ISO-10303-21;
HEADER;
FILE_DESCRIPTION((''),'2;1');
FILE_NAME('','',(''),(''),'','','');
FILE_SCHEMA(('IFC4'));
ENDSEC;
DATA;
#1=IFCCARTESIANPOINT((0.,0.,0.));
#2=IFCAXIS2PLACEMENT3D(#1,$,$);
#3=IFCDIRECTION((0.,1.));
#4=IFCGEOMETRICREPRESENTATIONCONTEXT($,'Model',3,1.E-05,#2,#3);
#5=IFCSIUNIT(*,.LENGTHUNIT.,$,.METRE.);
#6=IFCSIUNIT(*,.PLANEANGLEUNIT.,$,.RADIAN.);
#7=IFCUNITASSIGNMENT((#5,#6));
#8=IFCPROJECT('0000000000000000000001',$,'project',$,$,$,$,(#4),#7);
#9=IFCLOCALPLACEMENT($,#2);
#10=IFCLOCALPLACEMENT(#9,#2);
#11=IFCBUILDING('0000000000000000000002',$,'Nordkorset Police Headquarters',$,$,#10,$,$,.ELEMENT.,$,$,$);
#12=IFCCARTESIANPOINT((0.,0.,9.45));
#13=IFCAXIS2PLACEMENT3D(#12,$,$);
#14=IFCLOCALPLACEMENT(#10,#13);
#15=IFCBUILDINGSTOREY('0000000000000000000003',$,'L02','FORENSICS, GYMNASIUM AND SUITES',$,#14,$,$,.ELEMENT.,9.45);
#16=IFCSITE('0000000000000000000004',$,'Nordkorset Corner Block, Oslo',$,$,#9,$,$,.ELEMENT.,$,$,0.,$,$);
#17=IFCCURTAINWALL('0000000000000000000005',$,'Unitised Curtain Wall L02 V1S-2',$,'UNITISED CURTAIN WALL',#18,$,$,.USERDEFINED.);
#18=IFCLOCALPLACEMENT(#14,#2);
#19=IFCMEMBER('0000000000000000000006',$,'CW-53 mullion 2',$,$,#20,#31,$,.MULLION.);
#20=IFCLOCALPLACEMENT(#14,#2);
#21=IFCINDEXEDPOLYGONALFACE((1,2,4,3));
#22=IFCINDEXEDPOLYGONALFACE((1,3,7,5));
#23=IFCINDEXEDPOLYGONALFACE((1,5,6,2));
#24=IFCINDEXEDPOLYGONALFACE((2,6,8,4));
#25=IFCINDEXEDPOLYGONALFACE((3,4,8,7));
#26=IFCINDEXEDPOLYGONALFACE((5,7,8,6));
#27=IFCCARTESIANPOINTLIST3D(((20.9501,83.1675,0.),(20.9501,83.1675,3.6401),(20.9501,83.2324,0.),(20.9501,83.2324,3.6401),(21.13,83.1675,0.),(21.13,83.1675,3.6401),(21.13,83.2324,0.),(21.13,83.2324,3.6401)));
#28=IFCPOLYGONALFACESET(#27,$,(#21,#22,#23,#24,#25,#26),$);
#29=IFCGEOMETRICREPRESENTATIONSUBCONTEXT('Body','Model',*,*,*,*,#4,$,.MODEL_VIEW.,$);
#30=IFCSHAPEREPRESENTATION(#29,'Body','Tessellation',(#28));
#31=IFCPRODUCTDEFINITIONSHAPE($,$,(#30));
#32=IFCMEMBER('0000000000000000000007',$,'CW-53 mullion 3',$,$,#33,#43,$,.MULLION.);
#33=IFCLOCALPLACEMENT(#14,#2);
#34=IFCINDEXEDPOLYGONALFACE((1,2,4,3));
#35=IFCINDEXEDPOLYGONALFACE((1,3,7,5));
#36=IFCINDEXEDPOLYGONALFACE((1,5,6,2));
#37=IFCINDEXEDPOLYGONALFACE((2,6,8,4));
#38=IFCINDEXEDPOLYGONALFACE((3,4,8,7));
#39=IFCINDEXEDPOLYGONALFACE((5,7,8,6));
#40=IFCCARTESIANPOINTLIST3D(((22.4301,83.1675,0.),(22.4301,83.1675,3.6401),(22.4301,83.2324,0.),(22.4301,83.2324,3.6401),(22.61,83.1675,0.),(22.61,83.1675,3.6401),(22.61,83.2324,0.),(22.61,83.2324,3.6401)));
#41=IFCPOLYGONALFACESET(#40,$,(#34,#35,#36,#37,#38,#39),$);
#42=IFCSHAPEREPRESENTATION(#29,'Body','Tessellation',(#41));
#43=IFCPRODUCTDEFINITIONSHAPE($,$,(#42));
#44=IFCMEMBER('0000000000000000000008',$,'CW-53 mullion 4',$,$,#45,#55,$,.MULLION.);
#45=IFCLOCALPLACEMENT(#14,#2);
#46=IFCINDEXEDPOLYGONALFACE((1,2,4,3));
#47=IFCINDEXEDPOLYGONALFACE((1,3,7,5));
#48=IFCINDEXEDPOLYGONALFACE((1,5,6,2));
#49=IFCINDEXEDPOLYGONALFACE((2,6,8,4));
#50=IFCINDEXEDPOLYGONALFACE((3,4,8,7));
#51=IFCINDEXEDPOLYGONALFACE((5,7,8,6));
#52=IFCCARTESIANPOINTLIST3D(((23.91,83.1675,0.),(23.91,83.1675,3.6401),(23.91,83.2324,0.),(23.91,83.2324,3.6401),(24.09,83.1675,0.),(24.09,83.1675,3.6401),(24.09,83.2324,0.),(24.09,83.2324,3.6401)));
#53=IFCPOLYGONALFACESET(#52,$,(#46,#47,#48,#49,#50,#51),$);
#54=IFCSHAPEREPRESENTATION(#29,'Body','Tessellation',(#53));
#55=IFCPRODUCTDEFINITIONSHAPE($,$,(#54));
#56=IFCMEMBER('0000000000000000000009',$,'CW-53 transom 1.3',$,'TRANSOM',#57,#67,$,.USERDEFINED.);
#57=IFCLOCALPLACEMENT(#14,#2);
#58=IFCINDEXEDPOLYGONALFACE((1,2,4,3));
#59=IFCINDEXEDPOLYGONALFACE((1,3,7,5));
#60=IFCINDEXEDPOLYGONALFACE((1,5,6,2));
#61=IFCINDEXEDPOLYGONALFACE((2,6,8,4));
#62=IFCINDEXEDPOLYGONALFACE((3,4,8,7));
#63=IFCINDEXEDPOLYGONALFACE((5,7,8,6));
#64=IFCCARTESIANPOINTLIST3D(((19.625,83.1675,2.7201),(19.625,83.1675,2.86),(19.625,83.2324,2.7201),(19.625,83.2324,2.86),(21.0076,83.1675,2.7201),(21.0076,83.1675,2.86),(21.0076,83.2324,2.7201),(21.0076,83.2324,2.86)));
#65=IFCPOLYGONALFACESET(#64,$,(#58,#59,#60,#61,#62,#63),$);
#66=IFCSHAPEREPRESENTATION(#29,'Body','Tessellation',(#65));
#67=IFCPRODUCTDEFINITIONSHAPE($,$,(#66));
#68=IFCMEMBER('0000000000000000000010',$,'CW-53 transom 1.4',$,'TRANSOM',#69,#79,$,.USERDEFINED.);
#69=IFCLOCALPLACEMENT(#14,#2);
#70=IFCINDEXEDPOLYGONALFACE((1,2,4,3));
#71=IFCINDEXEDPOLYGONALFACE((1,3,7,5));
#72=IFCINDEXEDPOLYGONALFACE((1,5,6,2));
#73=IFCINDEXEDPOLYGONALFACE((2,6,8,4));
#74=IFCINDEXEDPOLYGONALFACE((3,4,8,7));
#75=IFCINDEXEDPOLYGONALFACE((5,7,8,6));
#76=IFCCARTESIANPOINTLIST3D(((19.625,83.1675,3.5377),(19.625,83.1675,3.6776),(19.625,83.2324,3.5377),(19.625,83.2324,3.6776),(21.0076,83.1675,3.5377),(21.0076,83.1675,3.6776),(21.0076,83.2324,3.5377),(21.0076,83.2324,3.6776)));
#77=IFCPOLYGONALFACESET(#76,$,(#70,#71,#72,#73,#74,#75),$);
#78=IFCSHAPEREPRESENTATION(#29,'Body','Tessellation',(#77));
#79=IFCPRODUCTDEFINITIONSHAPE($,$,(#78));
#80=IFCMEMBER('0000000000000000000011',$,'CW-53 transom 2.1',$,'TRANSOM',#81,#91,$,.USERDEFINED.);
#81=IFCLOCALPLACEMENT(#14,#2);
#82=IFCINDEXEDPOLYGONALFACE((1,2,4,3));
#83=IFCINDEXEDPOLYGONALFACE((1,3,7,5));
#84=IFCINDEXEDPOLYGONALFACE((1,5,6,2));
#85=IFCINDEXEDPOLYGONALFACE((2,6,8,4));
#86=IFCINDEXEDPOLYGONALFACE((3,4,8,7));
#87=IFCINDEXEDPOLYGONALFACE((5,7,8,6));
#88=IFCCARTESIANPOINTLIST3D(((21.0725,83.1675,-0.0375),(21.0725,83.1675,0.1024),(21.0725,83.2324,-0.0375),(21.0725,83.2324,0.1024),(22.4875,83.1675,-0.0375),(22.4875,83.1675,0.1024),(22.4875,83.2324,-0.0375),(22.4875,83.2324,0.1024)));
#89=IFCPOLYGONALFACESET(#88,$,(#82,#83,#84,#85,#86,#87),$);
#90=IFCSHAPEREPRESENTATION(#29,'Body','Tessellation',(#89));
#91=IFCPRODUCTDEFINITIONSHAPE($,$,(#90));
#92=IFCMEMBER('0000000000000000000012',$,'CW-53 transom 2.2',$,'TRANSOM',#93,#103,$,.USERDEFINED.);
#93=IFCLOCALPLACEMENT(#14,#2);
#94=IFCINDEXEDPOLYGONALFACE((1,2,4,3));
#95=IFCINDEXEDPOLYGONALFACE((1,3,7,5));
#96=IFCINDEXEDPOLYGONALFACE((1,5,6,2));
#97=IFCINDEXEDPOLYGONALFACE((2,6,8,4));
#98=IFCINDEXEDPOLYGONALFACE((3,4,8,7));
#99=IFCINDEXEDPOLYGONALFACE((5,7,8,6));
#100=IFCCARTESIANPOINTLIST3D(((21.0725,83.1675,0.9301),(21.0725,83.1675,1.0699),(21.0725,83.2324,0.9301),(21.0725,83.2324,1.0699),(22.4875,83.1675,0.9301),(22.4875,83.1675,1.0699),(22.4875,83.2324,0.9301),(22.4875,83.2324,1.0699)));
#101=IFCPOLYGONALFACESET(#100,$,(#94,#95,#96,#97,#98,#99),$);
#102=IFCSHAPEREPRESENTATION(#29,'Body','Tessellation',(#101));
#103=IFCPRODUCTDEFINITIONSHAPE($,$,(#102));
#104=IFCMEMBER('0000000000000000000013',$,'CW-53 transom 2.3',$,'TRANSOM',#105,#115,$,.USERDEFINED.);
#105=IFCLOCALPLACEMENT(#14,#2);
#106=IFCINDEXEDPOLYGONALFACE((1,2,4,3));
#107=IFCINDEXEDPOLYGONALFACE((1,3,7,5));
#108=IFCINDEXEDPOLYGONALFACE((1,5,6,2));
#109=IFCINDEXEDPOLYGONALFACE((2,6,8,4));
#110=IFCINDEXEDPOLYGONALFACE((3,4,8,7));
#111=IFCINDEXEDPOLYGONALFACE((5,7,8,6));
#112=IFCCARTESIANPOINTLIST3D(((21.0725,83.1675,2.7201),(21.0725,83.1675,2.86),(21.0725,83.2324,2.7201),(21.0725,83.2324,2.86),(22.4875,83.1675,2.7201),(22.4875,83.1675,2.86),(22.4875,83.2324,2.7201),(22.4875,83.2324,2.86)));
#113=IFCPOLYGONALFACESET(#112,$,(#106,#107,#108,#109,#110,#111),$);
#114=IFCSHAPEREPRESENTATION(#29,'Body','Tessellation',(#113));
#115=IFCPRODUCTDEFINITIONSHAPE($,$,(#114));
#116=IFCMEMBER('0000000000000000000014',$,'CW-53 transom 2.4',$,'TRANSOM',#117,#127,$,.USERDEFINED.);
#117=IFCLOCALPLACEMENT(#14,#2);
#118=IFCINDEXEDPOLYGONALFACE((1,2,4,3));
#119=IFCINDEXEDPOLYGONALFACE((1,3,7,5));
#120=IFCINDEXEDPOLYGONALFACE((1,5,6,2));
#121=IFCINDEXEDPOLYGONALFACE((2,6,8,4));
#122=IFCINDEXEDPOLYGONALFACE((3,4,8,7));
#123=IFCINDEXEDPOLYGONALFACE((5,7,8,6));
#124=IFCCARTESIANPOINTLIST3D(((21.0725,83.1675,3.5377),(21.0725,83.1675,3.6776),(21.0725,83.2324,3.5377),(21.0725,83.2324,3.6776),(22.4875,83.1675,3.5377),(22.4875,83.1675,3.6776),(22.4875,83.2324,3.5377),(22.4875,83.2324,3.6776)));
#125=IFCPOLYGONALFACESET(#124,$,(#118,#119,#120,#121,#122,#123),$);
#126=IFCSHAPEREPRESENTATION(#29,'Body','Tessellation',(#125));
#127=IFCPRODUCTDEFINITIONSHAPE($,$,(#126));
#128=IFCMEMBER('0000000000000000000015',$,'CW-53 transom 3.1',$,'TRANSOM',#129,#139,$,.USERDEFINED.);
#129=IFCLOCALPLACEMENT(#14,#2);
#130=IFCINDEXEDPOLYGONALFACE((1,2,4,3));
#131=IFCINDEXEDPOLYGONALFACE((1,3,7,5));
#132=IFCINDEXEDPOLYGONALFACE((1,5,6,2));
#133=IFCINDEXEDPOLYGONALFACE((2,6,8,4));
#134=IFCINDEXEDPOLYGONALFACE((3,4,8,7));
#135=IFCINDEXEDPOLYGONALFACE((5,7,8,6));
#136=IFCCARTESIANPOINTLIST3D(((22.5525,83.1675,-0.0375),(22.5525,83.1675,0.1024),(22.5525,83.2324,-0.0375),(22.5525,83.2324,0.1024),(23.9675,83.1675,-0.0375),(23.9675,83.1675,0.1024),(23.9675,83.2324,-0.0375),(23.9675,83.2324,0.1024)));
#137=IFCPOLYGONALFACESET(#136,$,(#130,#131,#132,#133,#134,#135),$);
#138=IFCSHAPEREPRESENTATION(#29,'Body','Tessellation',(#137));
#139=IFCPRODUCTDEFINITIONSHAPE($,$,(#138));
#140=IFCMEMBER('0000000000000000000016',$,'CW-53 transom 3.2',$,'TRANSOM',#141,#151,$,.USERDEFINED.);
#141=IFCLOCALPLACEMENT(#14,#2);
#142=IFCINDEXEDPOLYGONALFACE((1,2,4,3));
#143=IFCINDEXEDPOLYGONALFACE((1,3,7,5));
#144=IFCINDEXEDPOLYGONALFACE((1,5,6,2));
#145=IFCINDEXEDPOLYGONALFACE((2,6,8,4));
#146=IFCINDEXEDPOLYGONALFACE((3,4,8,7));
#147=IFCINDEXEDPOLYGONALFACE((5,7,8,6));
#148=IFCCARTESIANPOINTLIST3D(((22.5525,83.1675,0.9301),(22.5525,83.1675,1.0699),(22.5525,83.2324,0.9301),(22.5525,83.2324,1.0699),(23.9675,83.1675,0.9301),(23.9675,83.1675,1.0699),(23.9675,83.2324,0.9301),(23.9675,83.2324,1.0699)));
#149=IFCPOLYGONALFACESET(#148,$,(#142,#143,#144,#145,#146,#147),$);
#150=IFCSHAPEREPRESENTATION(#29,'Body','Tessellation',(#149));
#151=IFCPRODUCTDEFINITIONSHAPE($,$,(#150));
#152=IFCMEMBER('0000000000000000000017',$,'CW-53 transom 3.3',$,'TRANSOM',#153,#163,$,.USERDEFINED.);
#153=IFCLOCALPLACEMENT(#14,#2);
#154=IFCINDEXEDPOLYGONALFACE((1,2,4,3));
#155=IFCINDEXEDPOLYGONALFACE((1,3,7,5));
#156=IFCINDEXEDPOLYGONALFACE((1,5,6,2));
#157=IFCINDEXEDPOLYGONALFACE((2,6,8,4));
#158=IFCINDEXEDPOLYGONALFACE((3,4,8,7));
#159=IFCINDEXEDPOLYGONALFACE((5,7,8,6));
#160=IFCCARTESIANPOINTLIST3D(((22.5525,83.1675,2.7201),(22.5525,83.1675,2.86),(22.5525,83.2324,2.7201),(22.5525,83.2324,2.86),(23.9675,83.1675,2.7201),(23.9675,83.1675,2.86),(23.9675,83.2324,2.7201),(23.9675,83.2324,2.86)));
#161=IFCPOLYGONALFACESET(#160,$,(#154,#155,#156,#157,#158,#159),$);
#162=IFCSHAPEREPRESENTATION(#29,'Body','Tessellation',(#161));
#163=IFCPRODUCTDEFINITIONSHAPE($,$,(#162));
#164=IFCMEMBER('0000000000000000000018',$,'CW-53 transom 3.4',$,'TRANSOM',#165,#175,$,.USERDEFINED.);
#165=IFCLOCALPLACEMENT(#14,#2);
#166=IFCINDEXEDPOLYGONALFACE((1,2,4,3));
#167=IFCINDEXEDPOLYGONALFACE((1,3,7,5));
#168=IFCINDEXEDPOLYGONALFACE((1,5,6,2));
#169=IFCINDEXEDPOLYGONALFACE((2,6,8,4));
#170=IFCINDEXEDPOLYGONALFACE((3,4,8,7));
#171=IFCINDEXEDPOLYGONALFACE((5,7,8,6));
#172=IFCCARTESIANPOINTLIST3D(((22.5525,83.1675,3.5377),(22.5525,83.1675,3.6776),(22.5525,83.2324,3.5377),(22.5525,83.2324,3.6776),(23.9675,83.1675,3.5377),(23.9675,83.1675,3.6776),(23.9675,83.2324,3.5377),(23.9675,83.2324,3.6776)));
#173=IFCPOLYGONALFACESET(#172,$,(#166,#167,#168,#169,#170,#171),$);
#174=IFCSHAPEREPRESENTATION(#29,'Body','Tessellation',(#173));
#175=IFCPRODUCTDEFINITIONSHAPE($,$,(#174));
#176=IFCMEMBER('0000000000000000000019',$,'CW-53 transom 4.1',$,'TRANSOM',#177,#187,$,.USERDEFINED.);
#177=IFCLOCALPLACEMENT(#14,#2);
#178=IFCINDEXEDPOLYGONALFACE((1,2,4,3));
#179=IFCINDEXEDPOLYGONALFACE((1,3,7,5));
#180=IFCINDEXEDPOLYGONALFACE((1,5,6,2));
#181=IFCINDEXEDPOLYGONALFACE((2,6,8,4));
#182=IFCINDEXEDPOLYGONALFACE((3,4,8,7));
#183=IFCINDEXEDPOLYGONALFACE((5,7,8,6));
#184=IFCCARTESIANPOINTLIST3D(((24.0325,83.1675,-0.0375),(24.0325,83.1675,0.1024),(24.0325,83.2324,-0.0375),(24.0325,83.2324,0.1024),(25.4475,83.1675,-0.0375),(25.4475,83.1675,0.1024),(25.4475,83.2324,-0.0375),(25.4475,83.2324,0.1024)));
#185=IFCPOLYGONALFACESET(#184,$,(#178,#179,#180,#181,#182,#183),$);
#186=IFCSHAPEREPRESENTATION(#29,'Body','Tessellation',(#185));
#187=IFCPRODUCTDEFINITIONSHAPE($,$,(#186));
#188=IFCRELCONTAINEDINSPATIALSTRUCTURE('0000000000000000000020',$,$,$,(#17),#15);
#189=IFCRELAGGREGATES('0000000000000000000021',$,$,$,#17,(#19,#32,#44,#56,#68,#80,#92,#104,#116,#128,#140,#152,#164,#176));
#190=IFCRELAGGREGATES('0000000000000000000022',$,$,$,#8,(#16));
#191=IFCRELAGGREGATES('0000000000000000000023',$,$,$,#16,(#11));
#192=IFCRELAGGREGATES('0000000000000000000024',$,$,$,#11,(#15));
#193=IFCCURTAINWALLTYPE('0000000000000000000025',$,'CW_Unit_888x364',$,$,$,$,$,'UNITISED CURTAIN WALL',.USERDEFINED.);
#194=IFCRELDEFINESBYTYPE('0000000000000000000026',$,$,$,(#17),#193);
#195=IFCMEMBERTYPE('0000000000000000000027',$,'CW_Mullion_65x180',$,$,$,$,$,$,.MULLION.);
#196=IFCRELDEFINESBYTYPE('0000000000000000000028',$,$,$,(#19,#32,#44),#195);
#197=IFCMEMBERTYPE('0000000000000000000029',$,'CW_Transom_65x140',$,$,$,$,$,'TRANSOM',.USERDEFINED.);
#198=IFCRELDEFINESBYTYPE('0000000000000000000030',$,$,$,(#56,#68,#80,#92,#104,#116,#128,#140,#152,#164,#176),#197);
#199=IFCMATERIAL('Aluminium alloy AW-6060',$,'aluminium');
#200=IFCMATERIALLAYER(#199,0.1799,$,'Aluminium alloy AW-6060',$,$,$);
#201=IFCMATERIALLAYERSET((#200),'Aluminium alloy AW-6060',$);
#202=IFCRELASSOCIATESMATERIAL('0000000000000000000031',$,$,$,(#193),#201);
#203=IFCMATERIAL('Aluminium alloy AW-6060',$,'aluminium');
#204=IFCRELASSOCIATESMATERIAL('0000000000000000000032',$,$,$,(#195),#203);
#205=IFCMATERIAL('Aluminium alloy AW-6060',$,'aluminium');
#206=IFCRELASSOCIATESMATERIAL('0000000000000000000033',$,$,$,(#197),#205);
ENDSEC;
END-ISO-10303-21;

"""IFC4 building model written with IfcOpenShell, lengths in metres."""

from ifc_helpers import new_model, si_unit, direction, frame, origin, origin_2d, place, context, subcontext, project, spatial, rectangle, extrude, material, layer, layer_set, material_profile, profile_set, type_object, element, aggregate, save


model = new_model("IFC4")

# Units and contexts
model_context = context("Model", 3, precision=1e-05, world=origin(), true_north=direction((0.0, 1.0)))
body_context = subcontext(model_context, "Body", "Model", "MODEL_VIEW")
ifc_project = project(units=[si_unit("LENGTHUNIT", "METRE"), si_unit("PLANEANGLEUNIT", "RADIAN")], contexts=[model_context])

# Site, building, storey
site_placement = place(None, origin())
site = spatial("IfcSite", under=ifc_project, at=site_placement, Name="Nordkorset Corner Block, Oslo", CompositionType="ELEMENT", RefElevation=0.0)
building_placement = place(site_placement, origin())
building = spatial("IfcBuilding", under=site, at=building_placement, Name="Nordkorset Police Headquarters", CompositionType="ELEMENT")
storey_placement = place(building_placement, frame((0.0, 0.0, 9.45)))
storey = spatial("IfcBuildingStorey", under=building, at=storey_placement, Name="L02", Description="FORENSICS, GYMNASIUM AND SUITES", CompositionType="ELEMENT", Elevation=9.45)

# Curtain wall, members
ifc_material_1 = material(Name="Aluminium alloy AW-6060", Category="aluminium")
ifc_layer_1 = layer(ifc_material_1, 0.1799, Name="Aluminium alloy AW-6060")
ifc_layer_set_1 = layer_set([ifc_layer_1], Name="Aluminium alloy AW-6060")
curtain_wall_type = type_object("IfcCurtainWallType", Name="CW_Unit_888x364", ElementType="UNITISED CURTAIN WALL", PredefinedType="USERDEFINED", material=ifc_layer_set_1)
curtain_wall_placement = place(storey_placement, origin())
curtain_wall = element("IfcCurtainWall", 1, at=curtain_wall_placement, inside=storey, type_object=curtain_wall_type, Name="Unitised Curtain Wall L02 V1S-2", ObjectType="UNITISED CURTAIN WALL", PredefinedType="USERDEFINED")
ifc_material_2 = material(Name="Aluminium alloy AW-6060", Category="aluminium")
ifc_material_profile_1 = material_profile(ifc_material_2, rectangle(XDim=0.0649, YDim=0.1799, at=origin_2d()), Name="ALU MULL 65x180")
ifc_profile_set_1 = profile_set([ifc_material_profile_1], Name="Aluminium alloy AW-6060")
member_type_1 = type_object("IfcMemberType", Name="CW_Mullion_65x180", PredefinedType="MULLION", material=ifc_profile_set_1)
member_1_placement = place(storey_placement, frame((21.04, 83.2, 0.0), z_axis=(0.0, 0.0, 1.0), x_axis=(0.0, 1.0, 0.0)))
member_1 = element("IfcMember", 2, at=member_1_placement, type_object=member_type_1, Name="CW-53 mullion 2", PredefinedType="MULLION", context=body_context, shape_type="SweptSolid", body=[
    extrude(rectangle(XDim=0.0649, YDim=0.1799, at=origin_2d()), origin(), (0.0, 0.0, 1.0), 3.6401),
])
member_2_placement = place(storey_placement, frame((22.52, 83.2, 0.0), z_axis=(0.0, 0.0, 1.0), x_axis=(0.0, 1.0, 0.0)))
member_2 = element("IfcMember", 3, at=member_2_placement, type_object=member_type_1, Name="CW-53 mullion 3", PredefinedType="MULLION", context=body_context, shape_type="SweptSolid", body=[
    extrude(rectangle(XDim=0.0649, YDim=0.1799, at=origin_2d()), origin(), (0.0, 0.0, 1.0), 3.6401),
])
member_3_placement = place(storey_placement, frame((24.0, 83.2, 0.0), z_axis=(0.0, 0.0, 1.0), x_axis=(0.0, 1.0, 0.0)))
member_3 = element("IfcMember", 4, at=member_3_placement, type_object=member_type_1, Name="CW-53 mullion 4", PredefinedType="MULLION", context=body_context, shape_type="SweptSolid", body=[
    extrude(rectangle(XDim=0.0649, YDim=0.1799, at=origin_2d()), origin(), (0.0, 0.0, 1.0), 3.6401),
])
ifc_material_3 = material(Name="Aluminium alloy AW-6060", Category="aluminium")
ifc_material_profile_2 = material_profile(ifc_material_3, rectangle(XDim=0.0649, YDim=0.1399, at=origin_2d()), Name="ALU TRAN 65x140")
ifc_profile_set_2 = profile_set([ifc_material_profile_2], Name="Aluminium alloy AW-6060")
member_type_2 = type_object("IfcMemberType", Name="CW_Transom_65x140", ElementType="TRANSOM", PredefinedType="USERDEFINED", material=ifc_profile_set_2)
member_4_placement = place(storey_placement, frame((19.625, 83.2, 2.79), z_axis=(1.0, 0.0, 0.0), x_axis=(0.0, 1.0, 0.0)))
member_4 = element("IfcMember", 5, at=member_4_placement, type_object=member_type_2, Name="CW-53 transom 1.3", ObjectType="TRANSOM", PredefinedType="USERDEFINED", context=body_context, shape_type="SweptSolid", body=[
    extrude(rectangle(XDim=0.0649, YDim=0.1399, at=origin_2d()), origin(), (0.0, 0.0, 1.0), 1.3826),
])
member_5_placement = place(storey_placement, frame((19.625, 83.2, 3.6077), z_axis=(1.0, 0.0, 0.0), x_axis=(0.0, 1.0, 0.0)))
member_5 = element("IfcMember", 6, at=member_5_placement, type_object=member_type_2, Name="CW-53 transom 1.4", ObjectType="TRANSOM", PredefinedType="USERDEFINED", context=body_context, shape_type="SweptSolid", body=[
    extrude(rectangle(XDim=0.0649, YDim=0.1399, at=origin_2d()), origin(), (0.0, 0.0, 1.0), 1.3826),
])
member_6_placement = place(storey_placement, frame((21.0725, 83.2, 0.0325), z_axis=(1.0, 0.0, 0.0), x_axis=(0.0, 1.0, 0.0)))
member_6 = element("IfcMember", 7, at=member_6_placement, type_object=member_type_2, Name="CW-53 transom 2.1", ObjectType="TRANSOM", PredefinedType="USERDEFINED", context=body_context, shape_type="SweptSolid", body=[
    extrude(rectangle(XDim=0.0649, YDim=0.1399, at=origin_2d()), origin(), (0.0, 0.0, 1.0), 1.415),
])
member_7_placement = place(storey_placement, frame((21.0725, 83.2, 1.0), z_axis=(1.0, 0.0, 0.0), x_axis=(0.0, 1.0, 0.0)))
member_7 = element("IfcMember", 8, at=member_7_placement, type_object=member_type_2, Name="CW-53 transom 2.2", ObjectType="TRANSOM", PredefinedType="USERDEFINED", context=body_context, shape_type="SweptSolid", body=[
    extrude(rectangle(XDim=0.0649, YDim=0.1399, at=origin_2d()), origin(), (0.0, 0.0, 1.0), 1.415),
])
member_8_placement = place(storey_placement, frame((21.0725, 83.2, 2.79), z_axis=(1.0, 0.0, 0.0), x_axis=(0.0, 1.0, 0.0)))
member_8 = element("IfcMember", 9, at=member_8_placement, type_object=member_type_2, Name="CW-53 transom 2.3", ObjectType="TRANSOM", PredefinedType="USERDEFINED", context=body_context, shape_type="SweptSolid", body=[
    extrude(rectangle(XDim=0.0649, YDim=0.1399, at=origin_2d()), origin(), (0.0, 0.0, 1.0), 1.415),
])
member_9_placement = place(storey_placement, frame((21.0725, 83.2, 3.6077), z_axis=(1.0, 0.0, 0.0), x_axis=(0.0, 1.0, 0.0)))
member_9 = element("IfcMember", 10, at=member_9_placement, type_object=member_type_2, Name="CW-53 transom 2.4", ObjectType="TRANSOM", PredefinedType="USERDEFINED", context=body_context, shape_type="SweptSolid", body=[
    extrude(rectangle(XDim=0.0649, YDim=0.1399, at=origin_2d()), origin(), (0.0, 0.0, 1.0), 1.415),
])
member_10_placement = place(storey_placement, frame((22.5525, 83.2, 0.0325), z_axis=(1.0, 0.0, 0.0), x_axis=(0.0, 1.0, 0.0)))
member_10 = element("IfcMember", 11, at=member_10_placement, type_object=member_type_2, Name="CW-53 transom 3.1", ObjectType="TRANSOM", PredefinedType="USERDEFINED", context=body_context, shape_type="SweptSolid", body=[
    extrude(rectangle(XDim=0.0649, YDim=0.1399, at=origin_2d()), origin(), (0.0, 0.0, 1.0), 1.415),
])
member_11_placement = place(storey_placement, frame((22.5525, 83.2, 1.0), z_axis=(1.0, 0.0, 0.0), x_axis=(0.0, 1.0, 0.0)))
member_11 = element("IfcMember", 12, at=member_11_placement, type_object=member_type_2, Name="CW-53 transom 3.2", ObjectType="TRANSOM", PredefinedType="USERDEFINED", context=body_context, shape_type="SweptSolid", body=[
    extrude(rectangle(XDim=0.0649, YDim=0.1399, at=origin_2d()), origin(), (0.0, 0.0, 1.0), 1.415),
])
member_12_placement = place(storey_placement, frame((22.5525, 83.2, 2.79), z_axis=(1.0, 0.0, 0.0), x_axis=(0.0, 1.0, 0.0)))
member_12 = element("IfcMember", 13, at=member_12_placement, type_object=member_type_2, Name="CW-53 transom 3.3", ObjectType="TRANSOM", PredefinedType="USERDEFINED", context=body_context, shape_type="SweptSolid", body=[
    extrude(rectangle(XDim=0.0649, YDim=0.1399, at=origin_2d()), origin(), (0.0, 0.0, 1.0), 1.415),
])
member_13_placement = place(storey_placement, frame((22.5525, 83.2, 3.6077), z_axis=(1.0, 0.0, 0.0), x_axis=(0.0, 1.0, 0.0)))
member_13 = element("IfcMember", 14, at=member_13_placement, type_object=member_type_2, Name="CW-53 transom 3.4", ObjectType="TRANSOM", PredefinedType="USERDEFINED", context=body_context, shape_type="SweptSolid", body=[
    extrude(rectangle(XDim=0.0649, YDim=0.1399, at=origin_2d()), origin(), (0.0, 0.0, 1.0), 1.415),
])
member_14_placement = place(storey_placement, frame((24.0325, 83.2, 0.0325), z_axis=(1.0, 0.0, 0.0), x_axis=(0.0, 1.0, 0.0)))
member_14 = element("IfcMember", 15, at=member_14_placement, type_object=member_type_2, Name="CW-53 transom 4.1", ObjectType="TRANSOM", PredefinedType="USERDEFINED", context=body_context, shape_type="SweptSolid", body=[
    extrude(rectangle(XDim=0.0649, YDim=0.1399, at=origin_2d()), origin(), (0.0, 0.0, 1.0), 1.415),
])
aggregate(curtain_wall, [member_1, member_2, member_3, member_4, member_5, member_6, member_7, member_8, member_9, member_10, member_11, member_12, member_13, member_14])

save(model, "model.ifc")
